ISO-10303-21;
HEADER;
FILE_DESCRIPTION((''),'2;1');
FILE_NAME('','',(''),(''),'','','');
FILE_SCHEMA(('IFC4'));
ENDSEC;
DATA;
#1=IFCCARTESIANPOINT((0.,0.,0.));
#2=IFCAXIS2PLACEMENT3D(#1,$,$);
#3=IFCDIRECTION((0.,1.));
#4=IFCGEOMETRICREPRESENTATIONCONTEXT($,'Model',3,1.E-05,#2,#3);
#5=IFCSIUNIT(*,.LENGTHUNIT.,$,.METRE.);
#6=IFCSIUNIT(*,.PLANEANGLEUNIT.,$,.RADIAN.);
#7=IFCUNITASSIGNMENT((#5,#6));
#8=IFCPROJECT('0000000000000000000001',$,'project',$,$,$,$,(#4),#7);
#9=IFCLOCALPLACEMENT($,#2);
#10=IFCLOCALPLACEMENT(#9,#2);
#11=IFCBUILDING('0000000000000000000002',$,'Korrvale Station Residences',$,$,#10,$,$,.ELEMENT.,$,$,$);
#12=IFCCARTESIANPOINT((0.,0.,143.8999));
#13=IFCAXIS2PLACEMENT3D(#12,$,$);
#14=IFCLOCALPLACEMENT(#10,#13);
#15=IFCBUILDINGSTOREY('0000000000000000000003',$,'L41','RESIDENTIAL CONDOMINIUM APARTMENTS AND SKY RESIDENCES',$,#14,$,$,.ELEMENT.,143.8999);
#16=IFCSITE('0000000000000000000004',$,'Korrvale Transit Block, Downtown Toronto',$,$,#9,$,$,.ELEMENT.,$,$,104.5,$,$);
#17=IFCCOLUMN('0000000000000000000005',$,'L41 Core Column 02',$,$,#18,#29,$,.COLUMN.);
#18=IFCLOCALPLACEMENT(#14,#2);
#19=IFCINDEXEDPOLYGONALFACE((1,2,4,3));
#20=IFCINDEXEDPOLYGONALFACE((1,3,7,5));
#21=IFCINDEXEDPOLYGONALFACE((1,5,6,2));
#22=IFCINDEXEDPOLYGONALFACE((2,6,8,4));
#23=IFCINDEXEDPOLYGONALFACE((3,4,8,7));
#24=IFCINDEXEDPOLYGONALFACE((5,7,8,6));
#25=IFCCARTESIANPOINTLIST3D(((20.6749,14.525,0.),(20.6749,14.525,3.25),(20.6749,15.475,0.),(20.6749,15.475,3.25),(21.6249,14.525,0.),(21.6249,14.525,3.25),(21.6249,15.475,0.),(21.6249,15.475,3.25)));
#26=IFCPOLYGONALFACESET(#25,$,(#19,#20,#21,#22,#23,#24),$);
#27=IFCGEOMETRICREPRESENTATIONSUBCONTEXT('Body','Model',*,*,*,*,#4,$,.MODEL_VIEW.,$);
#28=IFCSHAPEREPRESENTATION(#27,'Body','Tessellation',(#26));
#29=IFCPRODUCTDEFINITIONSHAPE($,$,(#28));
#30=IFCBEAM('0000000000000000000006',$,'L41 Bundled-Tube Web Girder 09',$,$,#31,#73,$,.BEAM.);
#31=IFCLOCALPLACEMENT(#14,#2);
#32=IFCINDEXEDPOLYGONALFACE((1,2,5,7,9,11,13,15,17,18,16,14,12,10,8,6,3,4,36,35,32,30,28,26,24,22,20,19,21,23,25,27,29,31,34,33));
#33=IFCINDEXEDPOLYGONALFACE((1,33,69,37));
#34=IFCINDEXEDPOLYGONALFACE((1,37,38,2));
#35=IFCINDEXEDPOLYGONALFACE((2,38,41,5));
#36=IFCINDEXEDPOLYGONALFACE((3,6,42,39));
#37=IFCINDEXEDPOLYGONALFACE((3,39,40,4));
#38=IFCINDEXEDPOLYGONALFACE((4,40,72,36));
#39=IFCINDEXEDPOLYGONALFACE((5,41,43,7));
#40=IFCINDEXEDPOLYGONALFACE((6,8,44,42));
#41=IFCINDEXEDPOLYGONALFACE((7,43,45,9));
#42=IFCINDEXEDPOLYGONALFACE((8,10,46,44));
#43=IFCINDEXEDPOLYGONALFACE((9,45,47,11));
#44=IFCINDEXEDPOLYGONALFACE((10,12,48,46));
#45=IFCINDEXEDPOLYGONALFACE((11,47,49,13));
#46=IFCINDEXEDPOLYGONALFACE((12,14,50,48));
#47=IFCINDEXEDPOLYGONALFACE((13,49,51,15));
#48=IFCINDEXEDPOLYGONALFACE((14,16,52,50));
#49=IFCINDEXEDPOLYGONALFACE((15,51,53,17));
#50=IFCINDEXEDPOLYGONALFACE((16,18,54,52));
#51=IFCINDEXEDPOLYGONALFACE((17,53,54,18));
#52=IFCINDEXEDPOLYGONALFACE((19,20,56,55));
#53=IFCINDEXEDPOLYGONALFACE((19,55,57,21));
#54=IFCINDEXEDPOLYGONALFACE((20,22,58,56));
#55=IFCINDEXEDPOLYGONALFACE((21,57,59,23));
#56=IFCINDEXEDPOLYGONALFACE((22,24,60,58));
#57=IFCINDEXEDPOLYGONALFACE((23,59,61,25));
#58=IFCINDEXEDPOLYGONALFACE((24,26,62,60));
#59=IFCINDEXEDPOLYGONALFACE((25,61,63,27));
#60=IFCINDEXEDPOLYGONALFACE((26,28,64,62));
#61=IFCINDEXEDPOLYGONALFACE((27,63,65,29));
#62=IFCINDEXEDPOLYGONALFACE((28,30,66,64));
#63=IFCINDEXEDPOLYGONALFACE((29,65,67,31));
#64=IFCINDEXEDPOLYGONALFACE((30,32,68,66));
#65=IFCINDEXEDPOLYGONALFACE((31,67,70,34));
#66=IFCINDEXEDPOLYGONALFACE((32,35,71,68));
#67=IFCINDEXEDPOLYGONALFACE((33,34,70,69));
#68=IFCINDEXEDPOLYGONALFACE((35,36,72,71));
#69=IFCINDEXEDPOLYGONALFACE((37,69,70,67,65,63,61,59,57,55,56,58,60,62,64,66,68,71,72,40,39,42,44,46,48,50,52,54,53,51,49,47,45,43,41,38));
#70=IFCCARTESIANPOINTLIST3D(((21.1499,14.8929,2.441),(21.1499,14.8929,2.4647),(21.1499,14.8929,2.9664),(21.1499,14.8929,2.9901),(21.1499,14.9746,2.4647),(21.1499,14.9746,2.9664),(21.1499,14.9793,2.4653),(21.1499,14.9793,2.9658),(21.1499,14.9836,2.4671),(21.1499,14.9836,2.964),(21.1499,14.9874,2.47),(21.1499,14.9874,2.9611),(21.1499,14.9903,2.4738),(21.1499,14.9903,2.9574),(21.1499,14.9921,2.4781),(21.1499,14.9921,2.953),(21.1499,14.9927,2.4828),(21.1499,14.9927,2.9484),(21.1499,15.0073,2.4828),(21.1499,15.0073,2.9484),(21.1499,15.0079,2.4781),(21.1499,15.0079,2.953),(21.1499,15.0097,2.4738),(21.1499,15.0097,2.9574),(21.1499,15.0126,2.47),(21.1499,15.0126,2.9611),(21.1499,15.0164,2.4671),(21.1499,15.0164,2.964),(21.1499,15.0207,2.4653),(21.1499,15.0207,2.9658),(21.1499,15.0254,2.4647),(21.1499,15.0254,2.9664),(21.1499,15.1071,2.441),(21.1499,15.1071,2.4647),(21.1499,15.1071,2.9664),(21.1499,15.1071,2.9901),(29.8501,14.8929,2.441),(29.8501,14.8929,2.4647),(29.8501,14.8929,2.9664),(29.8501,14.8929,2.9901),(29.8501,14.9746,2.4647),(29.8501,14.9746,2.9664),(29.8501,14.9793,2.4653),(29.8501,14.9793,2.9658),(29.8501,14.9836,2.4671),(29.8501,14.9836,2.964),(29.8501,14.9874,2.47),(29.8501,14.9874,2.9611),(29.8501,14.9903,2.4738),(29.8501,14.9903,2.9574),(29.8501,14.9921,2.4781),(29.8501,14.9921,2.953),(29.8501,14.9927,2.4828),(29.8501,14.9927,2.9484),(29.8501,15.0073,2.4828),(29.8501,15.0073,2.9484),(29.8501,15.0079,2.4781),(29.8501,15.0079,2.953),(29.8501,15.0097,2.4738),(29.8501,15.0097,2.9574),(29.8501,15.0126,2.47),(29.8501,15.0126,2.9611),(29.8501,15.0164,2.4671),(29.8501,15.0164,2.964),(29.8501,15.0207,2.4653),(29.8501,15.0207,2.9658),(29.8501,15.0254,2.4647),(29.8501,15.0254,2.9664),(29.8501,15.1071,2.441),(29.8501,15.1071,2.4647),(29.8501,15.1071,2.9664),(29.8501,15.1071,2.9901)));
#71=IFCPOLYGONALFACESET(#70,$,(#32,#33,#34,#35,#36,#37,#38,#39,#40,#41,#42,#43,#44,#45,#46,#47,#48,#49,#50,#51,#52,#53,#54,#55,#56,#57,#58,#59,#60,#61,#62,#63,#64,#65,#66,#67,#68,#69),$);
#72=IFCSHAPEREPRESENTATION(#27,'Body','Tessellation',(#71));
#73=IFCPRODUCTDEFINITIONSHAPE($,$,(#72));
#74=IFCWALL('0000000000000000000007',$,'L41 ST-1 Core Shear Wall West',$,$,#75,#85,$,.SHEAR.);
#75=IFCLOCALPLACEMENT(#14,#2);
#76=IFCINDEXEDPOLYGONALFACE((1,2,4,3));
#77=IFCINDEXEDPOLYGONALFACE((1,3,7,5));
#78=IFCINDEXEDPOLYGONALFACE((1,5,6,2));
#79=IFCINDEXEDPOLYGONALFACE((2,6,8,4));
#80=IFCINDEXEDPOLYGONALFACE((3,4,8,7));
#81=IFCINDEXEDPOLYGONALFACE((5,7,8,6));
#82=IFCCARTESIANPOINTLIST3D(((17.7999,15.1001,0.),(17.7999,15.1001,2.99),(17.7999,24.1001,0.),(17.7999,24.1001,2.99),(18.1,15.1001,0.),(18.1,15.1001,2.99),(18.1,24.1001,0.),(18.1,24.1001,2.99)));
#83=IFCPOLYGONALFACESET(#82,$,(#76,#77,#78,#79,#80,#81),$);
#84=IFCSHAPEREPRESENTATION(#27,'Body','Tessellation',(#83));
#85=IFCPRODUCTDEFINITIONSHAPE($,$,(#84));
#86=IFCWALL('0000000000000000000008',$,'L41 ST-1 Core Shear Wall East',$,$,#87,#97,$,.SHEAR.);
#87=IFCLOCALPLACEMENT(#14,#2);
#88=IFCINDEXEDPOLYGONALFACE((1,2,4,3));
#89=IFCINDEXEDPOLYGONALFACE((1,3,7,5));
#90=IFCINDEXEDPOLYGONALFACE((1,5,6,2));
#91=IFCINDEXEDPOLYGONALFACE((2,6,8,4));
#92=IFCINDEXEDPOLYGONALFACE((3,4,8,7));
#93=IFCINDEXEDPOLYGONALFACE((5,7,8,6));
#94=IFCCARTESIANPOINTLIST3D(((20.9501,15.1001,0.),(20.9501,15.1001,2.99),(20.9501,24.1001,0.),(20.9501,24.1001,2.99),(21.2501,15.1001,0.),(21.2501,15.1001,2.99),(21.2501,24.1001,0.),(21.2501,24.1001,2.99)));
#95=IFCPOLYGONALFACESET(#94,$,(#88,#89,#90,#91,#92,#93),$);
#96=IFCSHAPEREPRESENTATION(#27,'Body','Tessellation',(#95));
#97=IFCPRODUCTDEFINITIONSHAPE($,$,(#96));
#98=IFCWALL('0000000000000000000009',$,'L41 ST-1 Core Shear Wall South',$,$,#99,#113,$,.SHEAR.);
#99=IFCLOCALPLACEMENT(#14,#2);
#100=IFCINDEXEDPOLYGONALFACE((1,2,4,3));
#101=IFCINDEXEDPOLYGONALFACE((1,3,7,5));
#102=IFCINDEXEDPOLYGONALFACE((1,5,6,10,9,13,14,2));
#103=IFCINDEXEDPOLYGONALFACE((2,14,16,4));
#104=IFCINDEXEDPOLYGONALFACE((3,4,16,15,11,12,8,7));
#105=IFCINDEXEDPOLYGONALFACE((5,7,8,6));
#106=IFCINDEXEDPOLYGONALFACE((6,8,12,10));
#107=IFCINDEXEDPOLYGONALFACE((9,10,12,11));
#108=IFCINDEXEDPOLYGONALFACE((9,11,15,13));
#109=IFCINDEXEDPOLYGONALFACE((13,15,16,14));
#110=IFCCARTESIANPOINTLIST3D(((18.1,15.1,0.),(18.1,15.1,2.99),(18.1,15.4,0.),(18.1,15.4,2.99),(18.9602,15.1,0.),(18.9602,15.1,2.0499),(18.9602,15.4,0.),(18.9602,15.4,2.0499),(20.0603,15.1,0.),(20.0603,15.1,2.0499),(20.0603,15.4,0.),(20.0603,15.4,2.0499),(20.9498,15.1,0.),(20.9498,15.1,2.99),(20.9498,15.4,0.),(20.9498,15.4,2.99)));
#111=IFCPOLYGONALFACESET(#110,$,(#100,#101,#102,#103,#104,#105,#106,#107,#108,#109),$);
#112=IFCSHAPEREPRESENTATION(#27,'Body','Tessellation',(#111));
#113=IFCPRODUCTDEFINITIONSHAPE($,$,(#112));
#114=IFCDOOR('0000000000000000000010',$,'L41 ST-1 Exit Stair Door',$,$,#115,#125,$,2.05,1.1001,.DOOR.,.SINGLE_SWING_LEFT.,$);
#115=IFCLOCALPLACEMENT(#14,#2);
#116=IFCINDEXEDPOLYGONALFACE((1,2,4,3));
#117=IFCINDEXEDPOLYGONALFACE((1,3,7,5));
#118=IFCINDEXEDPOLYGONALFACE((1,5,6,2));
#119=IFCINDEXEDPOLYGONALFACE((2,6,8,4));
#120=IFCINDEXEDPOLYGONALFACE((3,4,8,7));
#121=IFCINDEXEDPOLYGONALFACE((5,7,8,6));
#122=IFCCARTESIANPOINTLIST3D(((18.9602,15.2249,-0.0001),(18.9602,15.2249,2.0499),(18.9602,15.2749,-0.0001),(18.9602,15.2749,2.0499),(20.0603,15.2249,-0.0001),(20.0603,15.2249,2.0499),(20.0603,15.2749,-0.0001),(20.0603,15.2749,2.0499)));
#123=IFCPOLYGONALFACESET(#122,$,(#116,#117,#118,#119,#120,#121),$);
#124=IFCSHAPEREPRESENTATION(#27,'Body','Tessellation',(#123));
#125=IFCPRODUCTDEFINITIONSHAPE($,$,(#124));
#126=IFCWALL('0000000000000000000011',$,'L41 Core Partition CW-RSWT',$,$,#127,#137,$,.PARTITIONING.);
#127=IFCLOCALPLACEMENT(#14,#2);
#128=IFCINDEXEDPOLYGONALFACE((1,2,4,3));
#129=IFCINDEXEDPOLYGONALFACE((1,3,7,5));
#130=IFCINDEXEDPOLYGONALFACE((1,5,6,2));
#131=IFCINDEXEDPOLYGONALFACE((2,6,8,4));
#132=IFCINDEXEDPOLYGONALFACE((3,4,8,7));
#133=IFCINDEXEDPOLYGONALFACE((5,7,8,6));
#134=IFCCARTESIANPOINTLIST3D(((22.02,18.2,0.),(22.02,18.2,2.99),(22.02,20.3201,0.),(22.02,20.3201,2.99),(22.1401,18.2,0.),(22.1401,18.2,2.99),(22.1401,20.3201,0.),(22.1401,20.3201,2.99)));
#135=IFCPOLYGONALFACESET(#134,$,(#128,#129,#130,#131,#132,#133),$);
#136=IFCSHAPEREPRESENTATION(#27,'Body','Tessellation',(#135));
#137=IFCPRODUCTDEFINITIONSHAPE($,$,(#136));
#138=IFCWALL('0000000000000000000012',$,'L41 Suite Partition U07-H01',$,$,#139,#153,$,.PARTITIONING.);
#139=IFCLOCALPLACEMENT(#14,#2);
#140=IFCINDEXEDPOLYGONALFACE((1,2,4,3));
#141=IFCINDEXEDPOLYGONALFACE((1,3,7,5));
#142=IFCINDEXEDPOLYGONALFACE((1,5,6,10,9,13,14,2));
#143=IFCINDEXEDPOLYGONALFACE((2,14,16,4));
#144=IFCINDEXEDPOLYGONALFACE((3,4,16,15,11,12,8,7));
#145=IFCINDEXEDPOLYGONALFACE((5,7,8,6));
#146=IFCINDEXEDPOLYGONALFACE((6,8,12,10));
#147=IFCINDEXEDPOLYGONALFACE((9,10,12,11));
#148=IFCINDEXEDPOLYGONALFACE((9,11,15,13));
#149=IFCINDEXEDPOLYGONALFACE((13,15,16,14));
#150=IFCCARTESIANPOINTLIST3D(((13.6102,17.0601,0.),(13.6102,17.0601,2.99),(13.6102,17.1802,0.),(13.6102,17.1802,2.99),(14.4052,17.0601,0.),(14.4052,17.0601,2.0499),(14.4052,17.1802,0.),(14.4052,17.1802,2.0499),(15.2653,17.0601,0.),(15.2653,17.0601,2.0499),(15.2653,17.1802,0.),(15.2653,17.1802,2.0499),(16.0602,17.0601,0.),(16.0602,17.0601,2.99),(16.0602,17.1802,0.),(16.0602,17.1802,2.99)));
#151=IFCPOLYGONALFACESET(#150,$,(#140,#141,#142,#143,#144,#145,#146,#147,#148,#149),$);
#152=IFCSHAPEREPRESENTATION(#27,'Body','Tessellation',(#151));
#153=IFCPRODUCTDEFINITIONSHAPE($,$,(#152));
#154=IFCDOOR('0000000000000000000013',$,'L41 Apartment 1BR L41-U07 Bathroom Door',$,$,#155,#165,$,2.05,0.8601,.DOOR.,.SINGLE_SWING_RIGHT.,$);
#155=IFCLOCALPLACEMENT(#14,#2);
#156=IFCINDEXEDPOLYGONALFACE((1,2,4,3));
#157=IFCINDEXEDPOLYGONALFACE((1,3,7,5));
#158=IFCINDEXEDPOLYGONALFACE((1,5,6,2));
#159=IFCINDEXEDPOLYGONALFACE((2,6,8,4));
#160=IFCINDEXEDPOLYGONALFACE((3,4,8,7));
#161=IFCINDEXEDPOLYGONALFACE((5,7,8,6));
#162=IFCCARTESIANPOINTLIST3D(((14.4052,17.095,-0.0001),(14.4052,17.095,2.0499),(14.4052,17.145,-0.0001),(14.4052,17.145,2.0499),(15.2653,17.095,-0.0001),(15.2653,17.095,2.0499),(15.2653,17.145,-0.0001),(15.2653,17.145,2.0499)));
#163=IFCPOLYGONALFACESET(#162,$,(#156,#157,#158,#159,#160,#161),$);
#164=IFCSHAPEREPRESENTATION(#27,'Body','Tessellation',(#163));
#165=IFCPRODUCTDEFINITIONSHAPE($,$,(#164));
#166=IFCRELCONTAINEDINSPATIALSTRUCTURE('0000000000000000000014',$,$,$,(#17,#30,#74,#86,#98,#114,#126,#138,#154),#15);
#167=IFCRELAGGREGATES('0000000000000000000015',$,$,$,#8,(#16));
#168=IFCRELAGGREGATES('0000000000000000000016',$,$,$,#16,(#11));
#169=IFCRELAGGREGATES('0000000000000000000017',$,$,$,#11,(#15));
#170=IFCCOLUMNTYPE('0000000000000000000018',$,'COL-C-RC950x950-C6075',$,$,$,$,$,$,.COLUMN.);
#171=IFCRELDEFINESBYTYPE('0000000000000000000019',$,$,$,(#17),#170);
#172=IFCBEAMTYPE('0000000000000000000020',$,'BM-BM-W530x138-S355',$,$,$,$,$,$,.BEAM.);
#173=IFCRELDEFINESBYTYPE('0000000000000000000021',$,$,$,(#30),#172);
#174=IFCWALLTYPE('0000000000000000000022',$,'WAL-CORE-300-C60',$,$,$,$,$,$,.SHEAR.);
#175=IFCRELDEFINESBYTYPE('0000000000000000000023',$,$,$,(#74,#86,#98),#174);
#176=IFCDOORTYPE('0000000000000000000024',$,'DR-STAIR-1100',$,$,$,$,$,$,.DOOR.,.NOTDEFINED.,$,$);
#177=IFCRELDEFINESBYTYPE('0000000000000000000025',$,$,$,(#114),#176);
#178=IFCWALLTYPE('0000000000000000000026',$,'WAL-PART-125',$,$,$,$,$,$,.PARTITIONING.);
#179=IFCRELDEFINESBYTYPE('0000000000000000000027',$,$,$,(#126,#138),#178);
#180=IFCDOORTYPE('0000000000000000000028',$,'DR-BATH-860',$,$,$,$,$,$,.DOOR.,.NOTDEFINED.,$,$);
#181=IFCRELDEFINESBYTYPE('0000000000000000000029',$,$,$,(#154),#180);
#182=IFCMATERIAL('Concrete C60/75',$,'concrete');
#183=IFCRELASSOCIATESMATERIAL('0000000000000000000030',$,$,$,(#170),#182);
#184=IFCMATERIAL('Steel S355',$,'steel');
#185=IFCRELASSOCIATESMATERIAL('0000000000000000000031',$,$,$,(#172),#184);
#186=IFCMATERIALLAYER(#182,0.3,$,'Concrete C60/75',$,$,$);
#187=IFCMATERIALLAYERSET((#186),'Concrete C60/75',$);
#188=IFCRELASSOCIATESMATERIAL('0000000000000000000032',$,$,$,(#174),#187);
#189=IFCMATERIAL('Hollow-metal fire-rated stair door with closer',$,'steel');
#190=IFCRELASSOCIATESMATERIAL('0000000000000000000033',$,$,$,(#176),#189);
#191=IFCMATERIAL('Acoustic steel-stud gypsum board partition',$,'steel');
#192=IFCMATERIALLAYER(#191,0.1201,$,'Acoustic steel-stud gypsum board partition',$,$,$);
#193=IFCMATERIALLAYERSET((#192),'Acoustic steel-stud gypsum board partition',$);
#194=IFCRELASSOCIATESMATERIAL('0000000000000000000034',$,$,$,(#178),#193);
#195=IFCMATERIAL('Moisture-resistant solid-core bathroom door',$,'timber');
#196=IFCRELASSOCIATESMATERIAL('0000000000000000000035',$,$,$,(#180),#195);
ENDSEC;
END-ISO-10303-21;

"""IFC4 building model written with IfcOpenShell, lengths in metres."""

from ifc_helpers import new_model, si_unit, direction, frame, frame_2d, origin, origin_2d, place, context, subcontext, project, spatial, rectangle, i_section, extrude, material, layer, layer_set, material_profile, profile_set, type_object, element, fill, save


model = new_model("IFC4")

# Units and contexts
model_context = context("Model", 3, precision=1e-05, world=origin(), true_north=direction((0.0, 1.0)))
body_context = subcontext(model_context, "Body", "Model", "MODEL_VIEW")
ifc_project = project(units=[si_unit("LENGTHUNIT", "METRE"), si_unit("PLANEANGLEUNIT", "RADIAN")], contexts=[model_context])

# Site, building, storey
site_placement = place(None, origin())
site = spatial("IfcSite", under=ifc_project, at=site_placement, Name="Korrvale Transit Block, Downtown Toronto", CompositionType="ELEMENT", RefElevation=104.5)
building_placement = place(site_placement, origin())
building = spatial("IfcBuilding", under=site, at=building_placement, Name="Korrvale Station Residences", CompositionType="ELEMENT")
storey_placement = place(building_placement, frame((0.0, 0.0, 143.8999)))
storey = spatial("IfcBuildingStorey", under=building, at=storey_placement, Name="L41", Description="RESIDENTIAL CONDOMINIUM APARTMENTS AND SKY RESIDENCES", CompositionType="ELEMENT", Elevation=143.8999)

# Column
ifc_material_1 = material(Name="Concrete C60/75", Category="concrete")
ifc_material_profile_1 = material_profile(ifc_material_1, rectangle(XDim=0.95, YDim=0.95, at=origin_2d()), Name="RC950x950")
ifc_profile_set_1 = profile_set([ifc_material_profile_1], Name="Concrete C60/75")
column_type = type_object("IfcColumnType", Name="COL-C-RC950x950-C6075", PredefinedType="COLUMN", material=ifc_profile_set_1)
column_placement = place(storey_placement, frame((21.1499, 15.0, 0.0), z_axis=(0.0, 0.0, 1.0), x_axis=(1.0, 0.0, 0.0)))
element("IfcColumn", 1, at=column_placement, inside=storey, type_object=column_type, Name="L41 Core Column 02", PredefinedType="COLUMN", context=body_context, shape_type="SweptSolid", body=[
    extrude(rectangle(XDim=0.95, YDim=0.95, at=origin_2d()), origin(), (0.0, 0.0, 1.0), 3.25),
])

# Beam
ifc_material_2 = material(Name="Steel S355", Category="steel")
ifc_material_profile_2 = material_profile(ifc_material_2, i_section(OverallWidth=0.2141, OverallDepth=0.5491, WebThickness=0.0146, FlangeThickness=0.0237, FilletRadius=0.0181, at=origin_2d()), Name="W530x138")
ifc_profile_set_2 = profile_set([ifc_material_profile_2], Name="Steel S355")
beam_type = type_object("IfcBeamType", Name="BM-BM-W530x138-S355", PredefinedType="BEAM", material=ifc_profile_set_2)
beam_placement = place(storey_placement, frame((21.1499, 15.0, 2.7156), z_axis=(1.0, 0.0, 0.0), x_axis=(0.0, 1.0, 0.0)))
element("IfcBeam", 2, at=beam_placement, inside=storey, type_object=beam_type, Name="L41 Bundled-Tube Web Girder 09", PredefinedType="BEAM", context=body_context, shape_type="SweptSolid", body=[
    extrude(i_section(OverallWidth=0.2141, OverallDepth=0.5491, WebThickness=0.0146, FlangeThickness=0.0237, FilletRadius=0.0181, at=origin_2d()), origin(), (0.0, 0.0, 1.0), 8.7002),
])

# Walls
ifc_layer_1 = layer(ifc_material_1, 0.3, Name="Concrete C60/75")
ifc_layer_set_1 = layer_set([ifc_layer_1], Name="Concrete C60/75")
wall_type_1 = type_object("IfcWallType", Name="WAL-CORE-300-C60", PredefinedType="SHEAR", material=ifc_layer_set_1)
for number, where, z_axis, x_axis, name in (
    (3, (17.95, 15.1001, 0.0), (0.0, 0.0, 1.0), (0.0, 1.0, 0.0), "L41 ST-1 Core Shear Wall West"),
    (4, (21.1001, 15.1001, 0.0), (0.0, 0.0, 1.0), (0.0, 1.0, 0.0), "L41 ST-1 Core Shear Wall East"),
):
    element("IfcWall", number, at=place(storey_placement, frame(where, z_axis=z_axis, x_axis=x_axis)), inside=storey, type_object=wall_type_1, Name=name, PredefinedType="SHEAR", context=body_context, shape_type="SweptSolid", body=[
        extrude(rectangle(XDim=9.0, YDim=0.3, at=frame_2d((4.5, 0.0))), origin(), (0.0, 0.0, 1.0), 2.99),
    ])

# Wall, opening, door
wall_1_placement = place(storey_placement, frame((18.1001, 15.25, 0.0), z_axis=(0.0, 0.0, 1.0), x_axis=(1.0, 0.0, 0.0)))
wall_1 = element("IfcWall", 5, at=wall_1_placement, inside=storey, type_object=wall_type_1, Name="L41 ST-1 Core Shear Wall South", PredefinedType="SHEAR", context=body_context, shape_type="SweptSolid", body=[
    extrude(rectangle(XDim=2.8499, YDim=0.3, at=frame_2d((1.4248, 0.0))), origin(), (0.0, 0.0, 1.0), 2.99),
])
opening_1_placement = place(wall_1_placement, frame((0.8601, 0.0, 0.0)))
opening_1 = element("IfcOpeningElement", 6, at=opening_1_placement, cuts=wall_1, PredefinedType="OPENING", context=body_context, shape_type="SweptSolid", body=[
    extrude(rectangle(XDim=1.1001, YDim=2.05, at=frame_2d((0.55, 1.0249))), frame((0.0, 0.1602, 0.0), z_axis=(0.0, -1.0, 0.0), x_axis=(1.0, 0.0, 0.0)), (0.0, 0.0, 1.0), 0.3201),
])
ifc_material_3 = material(Name="Hollow-metal fire-rated stair door with closer", Category="steel")
door_type_1 = type_object("IfcDoorType", Name="DR-STAIR-1100", OperationType="NOTDEFINED", PredefinedType="DOOR", material=ifc_material_3)
door_1_placement = place(opening_1_placement, origin())
door_1 = element("IfcDoor", 7, at=door_1_placement, inside=storey, type_object=door_type_1, Name="L41 ST-1 Exit Stair Door", OperationType="SINGLE_SWING_LEFT", OverallHeight=2.05, OverallWidth=1.1001, PredefinedType="DOOR", context=body_context, shape_type="SweptSolid", body=[
    extrude(rectangle(XDim=1.1001, YDim=2.05, at=frame_2d((0.55, 1.0249))), frame((0.0, 0.0249, 0.0), z_axis=(0.0, -1.0, 0.0), x_axis=(1.0, 0.0, 0.0)), (0.0, 0.0, 1.0), 0.05),
])
fill(opening_1, door_1)

# Wall
ifc_material_4 = material(Name="Acoustic steel-stud gypsum board partition", Category="steel")
ifc_layer_2 = layer(ifc_material_4, 0.1201, Name="Acoustic steel-stud gypsum board partition")
ifc_layer_set_2 = layer_set([ifc_layer_2], Name="Acoustic steel-stud gypsum board partition")
wall_type_2 = type_object("IfcWallType", Name="WAL-PART-125", PredefinedType="PARTITIONING", material=ifc_layer_set_2)
wall_2_placement = place(storey_placement, frame((22.0801, 18.2, 0.0), z_axis=(0.0, 0.0, 1.0), x_axis=(0.0, 1.0, 0.0)))
element("IfcWall", 8, at=wall_2_placement, inside=storey, type_object=wall_type_2, Name="L41 Core Partition CW-RSWT", PredefinedType="PARTITIONING", context=body_context, shape_type="SweptSolid", body=[
    extrude(rectangle(XDim=2.1201, YDim=0.1201, at=frame_2d((1.0601, 0.0))), origin(), (0.0, 0.0, 1.0), 2.99),
])

# Wall, opening, door
wall_3_placement = place(storey_placement, frame((13.6101, 17.1201, 0.0), z_axis=(0.0, 0.0, 1.0), x_axis=(1.0, 0.0, 0.0)))
wall_3 = element("IfcWall", 9, at=wall_3_placement, inside=storey, type_object=wall_type_2, Name="L41 Suite Partition U07-H01", PredefinedType="PARTITIONING", context=body_context, shape_type="SweptSolid", body=[
    extrude(rectangle(XDim=2.45, YDim=0.1201, at=frame_2d((1.2251, 0.0))), origin(), (0.0, 0.0, 1.0), 2.99),
])
opening_2_placement = place(wall_3_placement, frame((0.7949, 0.0, 0.0)))
opening_2 = element("IfcOpeningElement", 10, at=opening_2_placement, cuts=wall_3, PredefinedType="OPENING", context=body_context, shape_type="SweptSolid", body=[
    extrude(rectangle(XDim=0.8601, YDim=2.05, at=frame_2d((0.4302, 1.0249))), frame((0.0, 0.0701, 0.0), z_axis=(0.0, -1.0, 0.0), x_axis=(1.0, 0.0, 0.0)), (0.0, 0.0, 1.0), 0.1401),
])
ifc_material_5 = material(Name="Moisture-resistant solid-core bathroom door", Category="timber")
door_type_2 = type_object("IfcDoorType", Name="DR-BATH-860", OperationType="NOTDEFINED", PredefinedType="DOOR", material=ifc_material_5)
door_2_placement = place(opening_2_placement, origin())
door_2 = element("IfcDoor", 11, at=door_2_placement, inside=storey, type_object=door_type_2, Name="L41 Apartment 1BR L41-U07 Bathroom Door", OperationType="SINGLE_SWING_RIGHT", OverallHeight=2.05, OverallWidth=0.8601, PredefinedType="DOOR", context=body_context, shape_type="SweptSolid", body=[
    extrude(rectangle(XDim=0.8601, YDim=2.05, at=frame_2d((0.4302, 1.0249))), frame((0.0, 0.0249, 0.0), z_axis=(0.0, -1.0, 0.0), x_axis=(1.0, 0.0, 0.0)), (0.0, 0.0, 1.0), 0.05),
])
fill(opening_2, door_2)

save(model, "model.ifc")
